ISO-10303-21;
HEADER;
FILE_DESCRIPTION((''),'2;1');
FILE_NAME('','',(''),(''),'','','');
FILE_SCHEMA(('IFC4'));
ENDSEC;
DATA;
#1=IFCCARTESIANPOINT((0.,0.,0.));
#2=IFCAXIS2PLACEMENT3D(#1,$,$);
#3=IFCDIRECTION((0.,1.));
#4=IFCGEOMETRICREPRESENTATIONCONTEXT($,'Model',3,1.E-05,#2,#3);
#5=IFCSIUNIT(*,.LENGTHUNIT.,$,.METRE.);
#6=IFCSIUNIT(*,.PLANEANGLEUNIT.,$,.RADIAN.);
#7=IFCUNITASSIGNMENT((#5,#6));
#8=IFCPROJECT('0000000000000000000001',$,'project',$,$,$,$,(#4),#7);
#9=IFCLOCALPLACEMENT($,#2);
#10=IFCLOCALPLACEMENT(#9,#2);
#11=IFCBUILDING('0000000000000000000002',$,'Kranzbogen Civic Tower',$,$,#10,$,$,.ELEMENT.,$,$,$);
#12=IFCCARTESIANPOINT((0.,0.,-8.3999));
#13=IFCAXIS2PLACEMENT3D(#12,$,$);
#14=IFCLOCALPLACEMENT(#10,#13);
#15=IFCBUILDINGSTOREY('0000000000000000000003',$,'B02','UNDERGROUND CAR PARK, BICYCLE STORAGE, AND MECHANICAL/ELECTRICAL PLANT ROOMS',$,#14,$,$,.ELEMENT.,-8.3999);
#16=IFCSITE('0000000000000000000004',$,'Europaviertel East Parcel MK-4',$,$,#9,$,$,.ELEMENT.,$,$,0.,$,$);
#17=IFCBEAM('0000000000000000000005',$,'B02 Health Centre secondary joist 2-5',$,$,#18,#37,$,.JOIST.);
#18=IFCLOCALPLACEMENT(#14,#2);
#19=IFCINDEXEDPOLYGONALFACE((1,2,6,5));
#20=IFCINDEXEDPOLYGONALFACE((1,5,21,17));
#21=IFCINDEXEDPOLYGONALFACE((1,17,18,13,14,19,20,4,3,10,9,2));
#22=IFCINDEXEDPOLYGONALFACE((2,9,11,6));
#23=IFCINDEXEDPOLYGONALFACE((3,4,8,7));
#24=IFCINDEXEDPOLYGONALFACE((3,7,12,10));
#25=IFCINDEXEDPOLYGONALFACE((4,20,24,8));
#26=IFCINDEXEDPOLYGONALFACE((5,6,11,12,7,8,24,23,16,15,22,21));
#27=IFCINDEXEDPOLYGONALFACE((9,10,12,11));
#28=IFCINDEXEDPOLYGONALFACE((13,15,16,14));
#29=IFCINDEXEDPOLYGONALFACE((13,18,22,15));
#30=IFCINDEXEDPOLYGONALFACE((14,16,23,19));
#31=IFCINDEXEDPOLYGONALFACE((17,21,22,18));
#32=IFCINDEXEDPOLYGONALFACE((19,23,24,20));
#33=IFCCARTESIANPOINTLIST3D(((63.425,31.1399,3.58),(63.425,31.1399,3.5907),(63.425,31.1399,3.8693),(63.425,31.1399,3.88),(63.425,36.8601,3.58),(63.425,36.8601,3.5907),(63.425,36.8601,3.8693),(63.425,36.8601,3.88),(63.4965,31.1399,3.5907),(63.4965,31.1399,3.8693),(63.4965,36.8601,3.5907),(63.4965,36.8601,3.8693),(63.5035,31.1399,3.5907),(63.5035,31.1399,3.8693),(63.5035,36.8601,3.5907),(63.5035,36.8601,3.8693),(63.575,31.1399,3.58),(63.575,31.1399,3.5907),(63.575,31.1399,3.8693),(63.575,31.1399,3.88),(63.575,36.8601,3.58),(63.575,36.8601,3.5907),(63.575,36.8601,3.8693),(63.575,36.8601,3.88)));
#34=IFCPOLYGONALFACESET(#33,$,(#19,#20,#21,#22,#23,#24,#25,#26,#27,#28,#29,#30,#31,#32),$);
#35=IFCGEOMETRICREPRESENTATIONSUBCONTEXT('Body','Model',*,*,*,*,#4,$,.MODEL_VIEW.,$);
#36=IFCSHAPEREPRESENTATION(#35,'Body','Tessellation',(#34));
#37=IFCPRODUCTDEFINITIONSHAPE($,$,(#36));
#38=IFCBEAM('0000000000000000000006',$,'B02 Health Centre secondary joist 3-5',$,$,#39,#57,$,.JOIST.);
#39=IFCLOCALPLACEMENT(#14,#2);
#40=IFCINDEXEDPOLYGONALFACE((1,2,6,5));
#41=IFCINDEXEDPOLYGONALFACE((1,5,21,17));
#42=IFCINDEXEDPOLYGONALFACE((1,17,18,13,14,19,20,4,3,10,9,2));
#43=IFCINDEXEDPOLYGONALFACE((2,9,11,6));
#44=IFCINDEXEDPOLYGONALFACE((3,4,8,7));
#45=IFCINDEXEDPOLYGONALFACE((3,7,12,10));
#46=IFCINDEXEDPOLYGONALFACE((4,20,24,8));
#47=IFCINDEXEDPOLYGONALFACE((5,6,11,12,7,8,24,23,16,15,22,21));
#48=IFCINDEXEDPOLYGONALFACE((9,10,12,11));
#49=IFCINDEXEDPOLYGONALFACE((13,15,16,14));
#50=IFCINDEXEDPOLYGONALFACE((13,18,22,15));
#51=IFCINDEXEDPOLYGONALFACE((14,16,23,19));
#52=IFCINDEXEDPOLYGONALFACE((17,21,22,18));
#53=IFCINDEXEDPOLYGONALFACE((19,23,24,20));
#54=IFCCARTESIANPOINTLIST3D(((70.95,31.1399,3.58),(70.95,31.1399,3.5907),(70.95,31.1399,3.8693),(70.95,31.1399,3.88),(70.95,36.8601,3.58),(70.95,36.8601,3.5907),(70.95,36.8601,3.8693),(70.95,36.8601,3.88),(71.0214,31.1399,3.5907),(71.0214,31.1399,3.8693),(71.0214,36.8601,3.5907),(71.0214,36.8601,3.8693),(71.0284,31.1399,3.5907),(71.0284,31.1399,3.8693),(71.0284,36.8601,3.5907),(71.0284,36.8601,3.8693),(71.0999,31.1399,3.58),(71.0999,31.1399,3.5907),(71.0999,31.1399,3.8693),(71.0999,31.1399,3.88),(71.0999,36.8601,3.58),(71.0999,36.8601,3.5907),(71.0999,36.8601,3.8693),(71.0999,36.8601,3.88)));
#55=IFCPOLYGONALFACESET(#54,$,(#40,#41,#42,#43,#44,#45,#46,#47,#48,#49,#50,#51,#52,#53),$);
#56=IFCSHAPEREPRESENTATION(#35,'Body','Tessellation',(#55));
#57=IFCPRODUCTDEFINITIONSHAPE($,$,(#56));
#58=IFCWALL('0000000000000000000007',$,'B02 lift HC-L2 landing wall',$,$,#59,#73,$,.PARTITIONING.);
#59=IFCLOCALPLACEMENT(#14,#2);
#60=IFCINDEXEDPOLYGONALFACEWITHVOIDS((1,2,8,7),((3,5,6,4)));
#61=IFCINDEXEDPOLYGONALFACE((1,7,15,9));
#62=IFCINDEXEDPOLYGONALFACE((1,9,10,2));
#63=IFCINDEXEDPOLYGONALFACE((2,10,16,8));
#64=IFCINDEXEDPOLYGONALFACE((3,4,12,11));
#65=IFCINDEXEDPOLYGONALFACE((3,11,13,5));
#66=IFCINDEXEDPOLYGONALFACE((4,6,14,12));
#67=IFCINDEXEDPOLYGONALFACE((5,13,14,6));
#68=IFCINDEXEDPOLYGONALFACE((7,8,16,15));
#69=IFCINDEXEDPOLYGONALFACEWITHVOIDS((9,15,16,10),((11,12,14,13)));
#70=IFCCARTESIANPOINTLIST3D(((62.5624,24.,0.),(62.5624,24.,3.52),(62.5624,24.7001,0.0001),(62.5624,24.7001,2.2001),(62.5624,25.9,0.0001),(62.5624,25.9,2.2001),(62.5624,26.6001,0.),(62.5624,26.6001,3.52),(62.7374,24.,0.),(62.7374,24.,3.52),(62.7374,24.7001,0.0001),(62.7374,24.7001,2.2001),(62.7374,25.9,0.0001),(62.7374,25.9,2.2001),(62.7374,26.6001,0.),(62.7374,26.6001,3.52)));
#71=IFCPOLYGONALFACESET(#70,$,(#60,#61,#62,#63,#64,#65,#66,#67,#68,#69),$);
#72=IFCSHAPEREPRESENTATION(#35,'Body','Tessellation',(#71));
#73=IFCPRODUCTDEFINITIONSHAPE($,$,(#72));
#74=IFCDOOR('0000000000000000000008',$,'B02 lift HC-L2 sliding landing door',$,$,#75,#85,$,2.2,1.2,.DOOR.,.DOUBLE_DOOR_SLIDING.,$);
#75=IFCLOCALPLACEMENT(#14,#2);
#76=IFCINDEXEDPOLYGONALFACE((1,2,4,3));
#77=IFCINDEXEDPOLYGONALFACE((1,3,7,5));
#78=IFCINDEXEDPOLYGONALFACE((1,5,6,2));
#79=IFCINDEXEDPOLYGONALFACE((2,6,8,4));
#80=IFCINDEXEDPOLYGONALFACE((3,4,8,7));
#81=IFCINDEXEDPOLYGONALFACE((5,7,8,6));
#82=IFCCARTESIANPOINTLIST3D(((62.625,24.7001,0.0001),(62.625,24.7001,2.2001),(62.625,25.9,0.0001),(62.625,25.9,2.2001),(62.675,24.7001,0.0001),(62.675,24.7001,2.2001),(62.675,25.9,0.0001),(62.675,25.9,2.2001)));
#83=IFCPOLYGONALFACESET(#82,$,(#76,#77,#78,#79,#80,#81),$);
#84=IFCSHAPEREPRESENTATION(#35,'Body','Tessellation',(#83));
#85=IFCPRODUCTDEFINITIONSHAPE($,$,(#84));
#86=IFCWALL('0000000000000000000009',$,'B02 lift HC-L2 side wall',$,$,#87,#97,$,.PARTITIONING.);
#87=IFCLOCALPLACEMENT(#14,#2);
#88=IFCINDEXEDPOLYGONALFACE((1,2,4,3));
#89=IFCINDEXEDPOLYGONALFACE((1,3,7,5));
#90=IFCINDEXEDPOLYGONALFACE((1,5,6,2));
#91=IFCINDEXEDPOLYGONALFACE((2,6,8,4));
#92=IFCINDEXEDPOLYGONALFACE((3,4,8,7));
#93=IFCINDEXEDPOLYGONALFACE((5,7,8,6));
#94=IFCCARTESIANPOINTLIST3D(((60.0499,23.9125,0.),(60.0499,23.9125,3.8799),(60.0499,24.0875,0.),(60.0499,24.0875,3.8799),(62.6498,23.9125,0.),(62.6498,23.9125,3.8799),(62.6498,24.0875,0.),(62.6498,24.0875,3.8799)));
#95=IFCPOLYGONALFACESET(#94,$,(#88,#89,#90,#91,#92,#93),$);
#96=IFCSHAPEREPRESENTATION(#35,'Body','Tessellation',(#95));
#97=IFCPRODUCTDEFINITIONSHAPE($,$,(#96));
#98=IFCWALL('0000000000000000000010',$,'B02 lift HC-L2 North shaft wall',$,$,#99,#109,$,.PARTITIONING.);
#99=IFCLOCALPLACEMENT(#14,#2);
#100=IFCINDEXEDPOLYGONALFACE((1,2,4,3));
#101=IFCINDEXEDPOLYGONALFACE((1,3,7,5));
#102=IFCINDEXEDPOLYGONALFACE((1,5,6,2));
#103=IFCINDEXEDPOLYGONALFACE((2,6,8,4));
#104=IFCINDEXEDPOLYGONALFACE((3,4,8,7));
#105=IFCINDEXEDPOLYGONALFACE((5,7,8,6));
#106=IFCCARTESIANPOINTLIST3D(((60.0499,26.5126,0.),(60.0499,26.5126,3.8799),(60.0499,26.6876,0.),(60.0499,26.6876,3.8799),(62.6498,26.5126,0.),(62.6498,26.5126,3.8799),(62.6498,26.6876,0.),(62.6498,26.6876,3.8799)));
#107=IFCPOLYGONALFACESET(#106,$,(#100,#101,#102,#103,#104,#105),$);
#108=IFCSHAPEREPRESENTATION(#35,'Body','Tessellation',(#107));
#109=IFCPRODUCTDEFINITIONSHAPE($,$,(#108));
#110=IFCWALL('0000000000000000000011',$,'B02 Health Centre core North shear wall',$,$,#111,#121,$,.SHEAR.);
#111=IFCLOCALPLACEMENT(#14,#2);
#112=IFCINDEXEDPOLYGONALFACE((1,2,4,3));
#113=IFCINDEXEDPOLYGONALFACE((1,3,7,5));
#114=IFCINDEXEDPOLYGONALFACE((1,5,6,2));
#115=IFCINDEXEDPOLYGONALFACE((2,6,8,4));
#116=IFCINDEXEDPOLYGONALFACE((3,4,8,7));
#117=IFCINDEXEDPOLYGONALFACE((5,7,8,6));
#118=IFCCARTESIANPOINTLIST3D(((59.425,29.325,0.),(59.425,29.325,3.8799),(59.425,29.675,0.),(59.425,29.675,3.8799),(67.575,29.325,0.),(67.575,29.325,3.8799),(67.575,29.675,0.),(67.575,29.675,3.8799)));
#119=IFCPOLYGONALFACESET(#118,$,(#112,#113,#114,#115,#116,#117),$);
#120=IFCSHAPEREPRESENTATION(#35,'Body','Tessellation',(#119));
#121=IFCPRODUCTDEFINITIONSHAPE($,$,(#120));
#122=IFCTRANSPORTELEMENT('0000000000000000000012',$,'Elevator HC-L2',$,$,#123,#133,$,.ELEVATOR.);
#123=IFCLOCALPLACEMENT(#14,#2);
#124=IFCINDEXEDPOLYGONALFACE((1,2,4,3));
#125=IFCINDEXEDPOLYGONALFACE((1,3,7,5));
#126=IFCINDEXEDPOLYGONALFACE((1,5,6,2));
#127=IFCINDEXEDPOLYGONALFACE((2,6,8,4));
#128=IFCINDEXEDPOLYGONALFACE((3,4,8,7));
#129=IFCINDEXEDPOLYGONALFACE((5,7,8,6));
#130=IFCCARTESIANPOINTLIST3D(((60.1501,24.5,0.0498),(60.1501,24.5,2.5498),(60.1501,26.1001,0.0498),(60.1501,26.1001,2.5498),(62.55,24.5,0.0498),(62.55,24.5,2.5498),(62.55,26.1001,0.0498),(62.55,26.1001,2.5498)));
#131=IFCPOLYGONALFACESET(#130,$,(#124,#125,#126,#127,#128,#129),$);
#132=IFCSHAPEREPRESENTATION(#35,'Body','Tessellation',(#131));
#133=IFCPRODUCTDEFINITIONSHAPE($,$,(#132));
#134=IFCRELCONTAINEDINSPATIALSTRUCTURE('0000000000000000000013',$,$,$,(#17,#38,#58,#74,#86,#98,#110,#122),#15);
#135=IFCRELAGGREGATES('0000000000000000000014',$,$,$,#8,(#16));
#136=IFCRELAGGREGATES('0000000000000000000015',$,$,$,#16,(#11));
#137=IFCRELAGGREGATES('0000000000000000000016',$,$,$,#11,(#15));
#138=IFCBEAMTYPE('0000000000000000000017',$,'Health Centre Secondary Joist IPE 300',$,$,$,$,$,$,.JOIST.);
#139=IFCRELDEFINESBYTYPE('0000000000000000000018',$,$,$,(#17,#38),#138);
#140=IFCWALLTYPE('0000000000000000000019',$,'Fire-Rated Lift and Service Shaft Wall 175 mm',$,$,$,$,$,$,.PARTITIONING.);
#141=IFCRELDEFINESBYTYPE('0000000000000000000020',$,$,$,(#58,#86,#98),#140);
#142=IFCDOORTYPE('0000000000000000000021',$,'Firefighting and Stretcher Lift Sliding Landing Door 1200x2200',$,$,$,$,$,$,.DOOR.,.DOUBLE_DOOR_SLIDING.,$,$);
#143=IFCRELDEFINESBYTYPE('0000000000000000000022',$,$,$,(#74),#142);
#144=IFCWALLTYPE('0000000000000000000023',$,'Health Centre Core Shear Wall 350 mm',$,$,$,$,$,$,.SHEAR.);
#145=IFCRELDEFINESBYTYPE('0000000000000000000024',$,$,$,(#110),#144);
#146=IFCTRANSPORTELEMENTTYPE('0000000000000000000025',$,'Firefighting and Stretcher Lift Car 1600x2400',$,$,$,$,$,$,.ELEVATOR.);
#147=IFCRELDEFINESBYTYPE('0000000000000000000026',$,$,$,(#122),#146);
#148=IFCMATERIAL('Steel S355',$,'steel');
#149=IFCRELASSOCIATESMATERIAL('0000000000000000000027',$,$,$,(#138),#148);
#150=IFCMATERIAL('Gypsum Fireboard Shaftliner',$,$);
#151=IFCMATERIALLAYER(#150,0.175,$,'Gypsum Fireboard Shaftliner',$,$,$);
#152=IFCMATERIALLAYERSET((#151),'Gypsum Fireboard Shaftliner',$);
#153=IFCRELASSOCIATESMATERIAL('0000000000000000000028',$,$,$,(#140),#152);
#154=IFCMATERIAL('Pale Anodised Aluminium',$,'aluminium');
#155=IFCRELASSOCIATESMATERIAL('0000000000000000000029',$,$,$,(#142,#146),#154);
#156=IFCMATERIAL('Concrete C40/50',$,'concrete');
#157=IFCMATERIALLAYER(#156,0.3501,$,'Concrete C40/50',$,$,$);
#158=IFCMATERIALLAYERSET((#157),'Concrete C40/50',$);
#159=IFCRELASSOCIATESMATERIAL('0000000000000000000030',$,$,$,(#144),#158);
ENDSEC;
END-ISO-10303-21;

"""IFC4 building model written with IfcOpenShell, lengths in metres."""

from ifc_helpers import new_model, si_unit, direction, frame, frame_2d, origin, origin_2d, place, context, subcontext, project, spatial, rectangle, i_section, extrude, material, layer, layer_set, material_profile, profile_set, type_object, element, fill, save


model = new_model("IFC4")

# Units and contexts
model_context = context("Model", 3, precision=1e-05, world=origin(), true_north=direction((0.0, 1.0)))
body_context = subcontext(model_context, "Body", "Model", "MODEL_VIEW")
ifc_project = project(units=[si_unit("LENGTHUNIT", "METRE"), si_unit("PLANEANGLEUNIT", "RADIAN")], contexts=[model_context])

# Site, building, storey
site_placement = place(None, origin())
site = spatial("IfcSite", under=ifc_project, at=site_placement, Name="Europaviertel East Parcel MK-4", CompositionType="ELEMENT", RefElevation=0.0)
building_placement = place(site_placement, origin())
building = spatial("IfcBuilding", under=site, at=building_placement, Name="Kranzbogen Civic Tower", CompositionType="ELEMENT")
storey_placement = place(building_placement, frame((0.0, 0.0, -8.3999)))
storey = spatial("IfcBuildingStorey", under=building, at=storey_placement, Name="B02", Description="UNDERGROUND CAR PARK, BICYCLE STORAGE, AND MECHANICAL/ELECTRICAL PLANT ROOMS", CompositionType="ELEMENT", Elevation=-8.3999)

# Shared definitions
ifc_material_1 = material(Name="Concrete C40/50", Category="concrete")

# Shared definitions
ifc_material_2 = material(Name="Steel S355", Category="steel")

# Beams
ifc_material_profile_1 = material_profile(ifc_material_2, i_section(OverallWidth=0.1499, OverallDepth=0.3, WebThickness=0.0071, FlangeThickness=0.0107, at=origin_2d()), Name="IPE 300")
ifc_profile_set_1 = profile_set([ifc_material_profile_1], Name="Steel S355")
beam_type_1 = type_object("IfcBeamType", Name="Health Centre Secondary Joist IPE 300", PredefinedType="JOIST", material=ifc_profile_set_1)
for number, where, z_axis, x_axis, name in (
    (1, (63.5, 31.1399, 3.73), (0.0, 1.0, 0.0), (-1.0, 0.0, 0.0), "B02 Health Centre secondary joist 2-5"),
    (2, (71.0249, 31.1399, 3.73), (0.0, 1.0, 0.0), (-1.0, 0.0, 0.0), "B02 Health Centre secondary joist 3-5"),
):
    element("IfcBeam", number, at=place(storey_placement, frame(where, z_axis=z_axis, x_axis=x_axis)), inside=storey, type_object=beam_type_1, Name=name, PredefinedType="JOIST", context=body_context, shape_type="SweptSolid", body=[
        extrude(i_section(OverallWidth=0.1499, OverallDepth=0.3, WebThickness=0.0071, FlangeThickness=0.0107, at=origin_2d()), origin(), (0.0, 0.0, 1.0), 5.7202),
    ])

# Wall, opening, door
ifc_material_3 = material(Name="Gypsum Fireboard Shaftliner")
ifc_layer_1 = layer(ifc_material_3, 0.175, Name="Gypsum Fireboard Shaftliner")
ifc_layer_set_1 = layer_set([ifc_layer_1], Name="Gypsum Fireboard Shaftliner")
wall_type_1 = type_object("IfcWallType", Name="Fire-Rated Lift and Service Shaft Wall 175 mm", PredefinedType="PARTITIONING", material=ifc_layer_set_1)
wall_1_placement = place(storey_placement, frame((62.6499, 24.0, 0.0), z_axis=(0.0, 0.0, 1.0), x_axis=(0.0, 1.0, 0.0)))
wall_1 = element("IfcWall", 3, at=wall_1_placement, inside=storey, type_object=wall_type_1, Name="B02 lift HC-L2 landing wall", PredefinedType="PARTITIONING", context=body_context, shape_type="SweptSolid", body=[
    extrude(rectangle(XDim=2.6001, YDim=0.175, at=frame_2d((1.3, 0.0))), origin(), (0.0, 0.0, 1.0), 3.52),
])
opening_placement = place(wall_1_placement, frame((0.7, 0.0, 0.0)))
opening = element("IfcOpeningElement", 4, at=opening_placement, cuts=wall_1, PredefinedType="OPENING", context=body_context, shape_type="SweptSolid", body=[
    extrude(rectangle(XDim=1.2, YDim=2.2, at=frame_2d((0.6001, 1.1001))), frame((0.0, 0.0977, 0.0), z_axis=(0.0, -1.0, 0.0), x_axis=(1.0, 0.0, 0.0)), (0.0, 0.0, 1.0), 0.1951),
])
ifc_material_4 = material(Name="Pale Anodised Aluminium", Category="aluminium")
door_type = type_object("IfcDoorType", Name="Firefighting and Stretcher Lift Sliding Landing Door 1200x2200", OperationType="DOUBLE_DOOR_SLIDING", PredefinedType="DOOR", material=ifc_material_4)
door_placement = place(opening_placement, origin())
door = element("IfcDoor", 5, at=door_placement, inside=storey, type_object=door_type, Name="B02 lift HC-L2 sliding landing door", OperationType="DOUBLE_DOOR_SLIDING", OverallHeight=2.2, OverallWidth=1.2, PredefinedType="DOOR", context=body_context, shape_type="SweptSolid", body=[
    extrude(rectangle(XDim=1.2, YDim=2.2, at=frame_2d((0.6001, 1.1001))), frame((0.0, 0.0249, 0.0), z_axis=(0.0, -1.0, 0.0), x_axis=(1.0, 0.0, 0.0)), (0.0, 0.0, 1.0), 0.05),
])
fill(opening, door)

# Walls
for number, where, z_axis, x_axis, name in (
    (6, (60.05, 24.0, 0.0), (0.0, 0.0, 1.0), (1.0, 0.0, 0.0), "B02 lift HC-L2 side wall"),
    (7, (60.05, 26.6001, 0.0), (0.0, 0.0, 1.0), (1.0, 0.0, 0.0), "B02 lift HC-L2 North shaft wall"),
):
    element("IfcWall", number, at=place(storey_placement, frame(where, z_axis=z_axis, x_axis=x_axis)), inside=storey, type_object=wall_type_1, Name=name, PredefinedType="PARTITIONING", context=body_context, shape_type="SweptSolid", body=[
        extrude(rectangle(XDim=2.5999, YDim=0.175, at=frame_2d((1.2998, 0.0))), origin(), (0.0, 0.0, 1.0), 3.8799),
    ])
ifc_layer_2 = layer(ifc_material_1, 0.3501, Name="Concrete C40/50")
ifc_layer_set_2 = layer_set([ifc_layer_2], Name="Concrete C40/50")
wall_type_2 = type_object("IfcWallType", Name="Health Centre Core Shear Wall 350 mm", PredefinedType="SHEAR", material=ifc_layer_set_2)
wall_2_placement = place(storey_placement, frame((67.575, 29.5, 0.0), z_axis=(0.0, 0.0, 1.0), x_axis=(-1.0, 0.0, 0.0)))
element("IfcWall", 8, at=wall_2_placement, inside=storey, type_object=wall_type_2, Name="B02 Health Centre core North shear wall", PredefinedType="SHEAR", context=body_context, shape_type="SweptSolid", body=[
    extrude(rectangle(XDim=8.1499, YDim=0.3501, at=frame_2d((4.075, 0.0))), origin(), (0.0, 0.0, 1.0), 3.8799),
])

# Transport element
transport_element_type = type_object("IfcTransportElementType", Name="Firefighting and Stretcher Lift Car 1600x2400", PredefinedType="ELEVATOR", material=ifc_material_4)
transport_element_placement = place(storey_placement, frame((61.3501, 25.3, 0.0498), z_axis=(0.0, 0.0, 1.0), x_axis=(1.0, 0.0, 0.0)))
element("IfcTransportElement", 9, at=transport_element_placement, inside=storey, type_object=transport_element_type, Name="Elevator HC-L2", PredefinedType="ELEVATOR", context=body_context, shape_type="SweptSolid", body=[
    extrude(rectangle(XDim=2.3999, YDim=1.6001, at=origin_2d()), origin(), (0.0, 0.0, 1.0), 2.5),
])

save(model, "model.ifc")
